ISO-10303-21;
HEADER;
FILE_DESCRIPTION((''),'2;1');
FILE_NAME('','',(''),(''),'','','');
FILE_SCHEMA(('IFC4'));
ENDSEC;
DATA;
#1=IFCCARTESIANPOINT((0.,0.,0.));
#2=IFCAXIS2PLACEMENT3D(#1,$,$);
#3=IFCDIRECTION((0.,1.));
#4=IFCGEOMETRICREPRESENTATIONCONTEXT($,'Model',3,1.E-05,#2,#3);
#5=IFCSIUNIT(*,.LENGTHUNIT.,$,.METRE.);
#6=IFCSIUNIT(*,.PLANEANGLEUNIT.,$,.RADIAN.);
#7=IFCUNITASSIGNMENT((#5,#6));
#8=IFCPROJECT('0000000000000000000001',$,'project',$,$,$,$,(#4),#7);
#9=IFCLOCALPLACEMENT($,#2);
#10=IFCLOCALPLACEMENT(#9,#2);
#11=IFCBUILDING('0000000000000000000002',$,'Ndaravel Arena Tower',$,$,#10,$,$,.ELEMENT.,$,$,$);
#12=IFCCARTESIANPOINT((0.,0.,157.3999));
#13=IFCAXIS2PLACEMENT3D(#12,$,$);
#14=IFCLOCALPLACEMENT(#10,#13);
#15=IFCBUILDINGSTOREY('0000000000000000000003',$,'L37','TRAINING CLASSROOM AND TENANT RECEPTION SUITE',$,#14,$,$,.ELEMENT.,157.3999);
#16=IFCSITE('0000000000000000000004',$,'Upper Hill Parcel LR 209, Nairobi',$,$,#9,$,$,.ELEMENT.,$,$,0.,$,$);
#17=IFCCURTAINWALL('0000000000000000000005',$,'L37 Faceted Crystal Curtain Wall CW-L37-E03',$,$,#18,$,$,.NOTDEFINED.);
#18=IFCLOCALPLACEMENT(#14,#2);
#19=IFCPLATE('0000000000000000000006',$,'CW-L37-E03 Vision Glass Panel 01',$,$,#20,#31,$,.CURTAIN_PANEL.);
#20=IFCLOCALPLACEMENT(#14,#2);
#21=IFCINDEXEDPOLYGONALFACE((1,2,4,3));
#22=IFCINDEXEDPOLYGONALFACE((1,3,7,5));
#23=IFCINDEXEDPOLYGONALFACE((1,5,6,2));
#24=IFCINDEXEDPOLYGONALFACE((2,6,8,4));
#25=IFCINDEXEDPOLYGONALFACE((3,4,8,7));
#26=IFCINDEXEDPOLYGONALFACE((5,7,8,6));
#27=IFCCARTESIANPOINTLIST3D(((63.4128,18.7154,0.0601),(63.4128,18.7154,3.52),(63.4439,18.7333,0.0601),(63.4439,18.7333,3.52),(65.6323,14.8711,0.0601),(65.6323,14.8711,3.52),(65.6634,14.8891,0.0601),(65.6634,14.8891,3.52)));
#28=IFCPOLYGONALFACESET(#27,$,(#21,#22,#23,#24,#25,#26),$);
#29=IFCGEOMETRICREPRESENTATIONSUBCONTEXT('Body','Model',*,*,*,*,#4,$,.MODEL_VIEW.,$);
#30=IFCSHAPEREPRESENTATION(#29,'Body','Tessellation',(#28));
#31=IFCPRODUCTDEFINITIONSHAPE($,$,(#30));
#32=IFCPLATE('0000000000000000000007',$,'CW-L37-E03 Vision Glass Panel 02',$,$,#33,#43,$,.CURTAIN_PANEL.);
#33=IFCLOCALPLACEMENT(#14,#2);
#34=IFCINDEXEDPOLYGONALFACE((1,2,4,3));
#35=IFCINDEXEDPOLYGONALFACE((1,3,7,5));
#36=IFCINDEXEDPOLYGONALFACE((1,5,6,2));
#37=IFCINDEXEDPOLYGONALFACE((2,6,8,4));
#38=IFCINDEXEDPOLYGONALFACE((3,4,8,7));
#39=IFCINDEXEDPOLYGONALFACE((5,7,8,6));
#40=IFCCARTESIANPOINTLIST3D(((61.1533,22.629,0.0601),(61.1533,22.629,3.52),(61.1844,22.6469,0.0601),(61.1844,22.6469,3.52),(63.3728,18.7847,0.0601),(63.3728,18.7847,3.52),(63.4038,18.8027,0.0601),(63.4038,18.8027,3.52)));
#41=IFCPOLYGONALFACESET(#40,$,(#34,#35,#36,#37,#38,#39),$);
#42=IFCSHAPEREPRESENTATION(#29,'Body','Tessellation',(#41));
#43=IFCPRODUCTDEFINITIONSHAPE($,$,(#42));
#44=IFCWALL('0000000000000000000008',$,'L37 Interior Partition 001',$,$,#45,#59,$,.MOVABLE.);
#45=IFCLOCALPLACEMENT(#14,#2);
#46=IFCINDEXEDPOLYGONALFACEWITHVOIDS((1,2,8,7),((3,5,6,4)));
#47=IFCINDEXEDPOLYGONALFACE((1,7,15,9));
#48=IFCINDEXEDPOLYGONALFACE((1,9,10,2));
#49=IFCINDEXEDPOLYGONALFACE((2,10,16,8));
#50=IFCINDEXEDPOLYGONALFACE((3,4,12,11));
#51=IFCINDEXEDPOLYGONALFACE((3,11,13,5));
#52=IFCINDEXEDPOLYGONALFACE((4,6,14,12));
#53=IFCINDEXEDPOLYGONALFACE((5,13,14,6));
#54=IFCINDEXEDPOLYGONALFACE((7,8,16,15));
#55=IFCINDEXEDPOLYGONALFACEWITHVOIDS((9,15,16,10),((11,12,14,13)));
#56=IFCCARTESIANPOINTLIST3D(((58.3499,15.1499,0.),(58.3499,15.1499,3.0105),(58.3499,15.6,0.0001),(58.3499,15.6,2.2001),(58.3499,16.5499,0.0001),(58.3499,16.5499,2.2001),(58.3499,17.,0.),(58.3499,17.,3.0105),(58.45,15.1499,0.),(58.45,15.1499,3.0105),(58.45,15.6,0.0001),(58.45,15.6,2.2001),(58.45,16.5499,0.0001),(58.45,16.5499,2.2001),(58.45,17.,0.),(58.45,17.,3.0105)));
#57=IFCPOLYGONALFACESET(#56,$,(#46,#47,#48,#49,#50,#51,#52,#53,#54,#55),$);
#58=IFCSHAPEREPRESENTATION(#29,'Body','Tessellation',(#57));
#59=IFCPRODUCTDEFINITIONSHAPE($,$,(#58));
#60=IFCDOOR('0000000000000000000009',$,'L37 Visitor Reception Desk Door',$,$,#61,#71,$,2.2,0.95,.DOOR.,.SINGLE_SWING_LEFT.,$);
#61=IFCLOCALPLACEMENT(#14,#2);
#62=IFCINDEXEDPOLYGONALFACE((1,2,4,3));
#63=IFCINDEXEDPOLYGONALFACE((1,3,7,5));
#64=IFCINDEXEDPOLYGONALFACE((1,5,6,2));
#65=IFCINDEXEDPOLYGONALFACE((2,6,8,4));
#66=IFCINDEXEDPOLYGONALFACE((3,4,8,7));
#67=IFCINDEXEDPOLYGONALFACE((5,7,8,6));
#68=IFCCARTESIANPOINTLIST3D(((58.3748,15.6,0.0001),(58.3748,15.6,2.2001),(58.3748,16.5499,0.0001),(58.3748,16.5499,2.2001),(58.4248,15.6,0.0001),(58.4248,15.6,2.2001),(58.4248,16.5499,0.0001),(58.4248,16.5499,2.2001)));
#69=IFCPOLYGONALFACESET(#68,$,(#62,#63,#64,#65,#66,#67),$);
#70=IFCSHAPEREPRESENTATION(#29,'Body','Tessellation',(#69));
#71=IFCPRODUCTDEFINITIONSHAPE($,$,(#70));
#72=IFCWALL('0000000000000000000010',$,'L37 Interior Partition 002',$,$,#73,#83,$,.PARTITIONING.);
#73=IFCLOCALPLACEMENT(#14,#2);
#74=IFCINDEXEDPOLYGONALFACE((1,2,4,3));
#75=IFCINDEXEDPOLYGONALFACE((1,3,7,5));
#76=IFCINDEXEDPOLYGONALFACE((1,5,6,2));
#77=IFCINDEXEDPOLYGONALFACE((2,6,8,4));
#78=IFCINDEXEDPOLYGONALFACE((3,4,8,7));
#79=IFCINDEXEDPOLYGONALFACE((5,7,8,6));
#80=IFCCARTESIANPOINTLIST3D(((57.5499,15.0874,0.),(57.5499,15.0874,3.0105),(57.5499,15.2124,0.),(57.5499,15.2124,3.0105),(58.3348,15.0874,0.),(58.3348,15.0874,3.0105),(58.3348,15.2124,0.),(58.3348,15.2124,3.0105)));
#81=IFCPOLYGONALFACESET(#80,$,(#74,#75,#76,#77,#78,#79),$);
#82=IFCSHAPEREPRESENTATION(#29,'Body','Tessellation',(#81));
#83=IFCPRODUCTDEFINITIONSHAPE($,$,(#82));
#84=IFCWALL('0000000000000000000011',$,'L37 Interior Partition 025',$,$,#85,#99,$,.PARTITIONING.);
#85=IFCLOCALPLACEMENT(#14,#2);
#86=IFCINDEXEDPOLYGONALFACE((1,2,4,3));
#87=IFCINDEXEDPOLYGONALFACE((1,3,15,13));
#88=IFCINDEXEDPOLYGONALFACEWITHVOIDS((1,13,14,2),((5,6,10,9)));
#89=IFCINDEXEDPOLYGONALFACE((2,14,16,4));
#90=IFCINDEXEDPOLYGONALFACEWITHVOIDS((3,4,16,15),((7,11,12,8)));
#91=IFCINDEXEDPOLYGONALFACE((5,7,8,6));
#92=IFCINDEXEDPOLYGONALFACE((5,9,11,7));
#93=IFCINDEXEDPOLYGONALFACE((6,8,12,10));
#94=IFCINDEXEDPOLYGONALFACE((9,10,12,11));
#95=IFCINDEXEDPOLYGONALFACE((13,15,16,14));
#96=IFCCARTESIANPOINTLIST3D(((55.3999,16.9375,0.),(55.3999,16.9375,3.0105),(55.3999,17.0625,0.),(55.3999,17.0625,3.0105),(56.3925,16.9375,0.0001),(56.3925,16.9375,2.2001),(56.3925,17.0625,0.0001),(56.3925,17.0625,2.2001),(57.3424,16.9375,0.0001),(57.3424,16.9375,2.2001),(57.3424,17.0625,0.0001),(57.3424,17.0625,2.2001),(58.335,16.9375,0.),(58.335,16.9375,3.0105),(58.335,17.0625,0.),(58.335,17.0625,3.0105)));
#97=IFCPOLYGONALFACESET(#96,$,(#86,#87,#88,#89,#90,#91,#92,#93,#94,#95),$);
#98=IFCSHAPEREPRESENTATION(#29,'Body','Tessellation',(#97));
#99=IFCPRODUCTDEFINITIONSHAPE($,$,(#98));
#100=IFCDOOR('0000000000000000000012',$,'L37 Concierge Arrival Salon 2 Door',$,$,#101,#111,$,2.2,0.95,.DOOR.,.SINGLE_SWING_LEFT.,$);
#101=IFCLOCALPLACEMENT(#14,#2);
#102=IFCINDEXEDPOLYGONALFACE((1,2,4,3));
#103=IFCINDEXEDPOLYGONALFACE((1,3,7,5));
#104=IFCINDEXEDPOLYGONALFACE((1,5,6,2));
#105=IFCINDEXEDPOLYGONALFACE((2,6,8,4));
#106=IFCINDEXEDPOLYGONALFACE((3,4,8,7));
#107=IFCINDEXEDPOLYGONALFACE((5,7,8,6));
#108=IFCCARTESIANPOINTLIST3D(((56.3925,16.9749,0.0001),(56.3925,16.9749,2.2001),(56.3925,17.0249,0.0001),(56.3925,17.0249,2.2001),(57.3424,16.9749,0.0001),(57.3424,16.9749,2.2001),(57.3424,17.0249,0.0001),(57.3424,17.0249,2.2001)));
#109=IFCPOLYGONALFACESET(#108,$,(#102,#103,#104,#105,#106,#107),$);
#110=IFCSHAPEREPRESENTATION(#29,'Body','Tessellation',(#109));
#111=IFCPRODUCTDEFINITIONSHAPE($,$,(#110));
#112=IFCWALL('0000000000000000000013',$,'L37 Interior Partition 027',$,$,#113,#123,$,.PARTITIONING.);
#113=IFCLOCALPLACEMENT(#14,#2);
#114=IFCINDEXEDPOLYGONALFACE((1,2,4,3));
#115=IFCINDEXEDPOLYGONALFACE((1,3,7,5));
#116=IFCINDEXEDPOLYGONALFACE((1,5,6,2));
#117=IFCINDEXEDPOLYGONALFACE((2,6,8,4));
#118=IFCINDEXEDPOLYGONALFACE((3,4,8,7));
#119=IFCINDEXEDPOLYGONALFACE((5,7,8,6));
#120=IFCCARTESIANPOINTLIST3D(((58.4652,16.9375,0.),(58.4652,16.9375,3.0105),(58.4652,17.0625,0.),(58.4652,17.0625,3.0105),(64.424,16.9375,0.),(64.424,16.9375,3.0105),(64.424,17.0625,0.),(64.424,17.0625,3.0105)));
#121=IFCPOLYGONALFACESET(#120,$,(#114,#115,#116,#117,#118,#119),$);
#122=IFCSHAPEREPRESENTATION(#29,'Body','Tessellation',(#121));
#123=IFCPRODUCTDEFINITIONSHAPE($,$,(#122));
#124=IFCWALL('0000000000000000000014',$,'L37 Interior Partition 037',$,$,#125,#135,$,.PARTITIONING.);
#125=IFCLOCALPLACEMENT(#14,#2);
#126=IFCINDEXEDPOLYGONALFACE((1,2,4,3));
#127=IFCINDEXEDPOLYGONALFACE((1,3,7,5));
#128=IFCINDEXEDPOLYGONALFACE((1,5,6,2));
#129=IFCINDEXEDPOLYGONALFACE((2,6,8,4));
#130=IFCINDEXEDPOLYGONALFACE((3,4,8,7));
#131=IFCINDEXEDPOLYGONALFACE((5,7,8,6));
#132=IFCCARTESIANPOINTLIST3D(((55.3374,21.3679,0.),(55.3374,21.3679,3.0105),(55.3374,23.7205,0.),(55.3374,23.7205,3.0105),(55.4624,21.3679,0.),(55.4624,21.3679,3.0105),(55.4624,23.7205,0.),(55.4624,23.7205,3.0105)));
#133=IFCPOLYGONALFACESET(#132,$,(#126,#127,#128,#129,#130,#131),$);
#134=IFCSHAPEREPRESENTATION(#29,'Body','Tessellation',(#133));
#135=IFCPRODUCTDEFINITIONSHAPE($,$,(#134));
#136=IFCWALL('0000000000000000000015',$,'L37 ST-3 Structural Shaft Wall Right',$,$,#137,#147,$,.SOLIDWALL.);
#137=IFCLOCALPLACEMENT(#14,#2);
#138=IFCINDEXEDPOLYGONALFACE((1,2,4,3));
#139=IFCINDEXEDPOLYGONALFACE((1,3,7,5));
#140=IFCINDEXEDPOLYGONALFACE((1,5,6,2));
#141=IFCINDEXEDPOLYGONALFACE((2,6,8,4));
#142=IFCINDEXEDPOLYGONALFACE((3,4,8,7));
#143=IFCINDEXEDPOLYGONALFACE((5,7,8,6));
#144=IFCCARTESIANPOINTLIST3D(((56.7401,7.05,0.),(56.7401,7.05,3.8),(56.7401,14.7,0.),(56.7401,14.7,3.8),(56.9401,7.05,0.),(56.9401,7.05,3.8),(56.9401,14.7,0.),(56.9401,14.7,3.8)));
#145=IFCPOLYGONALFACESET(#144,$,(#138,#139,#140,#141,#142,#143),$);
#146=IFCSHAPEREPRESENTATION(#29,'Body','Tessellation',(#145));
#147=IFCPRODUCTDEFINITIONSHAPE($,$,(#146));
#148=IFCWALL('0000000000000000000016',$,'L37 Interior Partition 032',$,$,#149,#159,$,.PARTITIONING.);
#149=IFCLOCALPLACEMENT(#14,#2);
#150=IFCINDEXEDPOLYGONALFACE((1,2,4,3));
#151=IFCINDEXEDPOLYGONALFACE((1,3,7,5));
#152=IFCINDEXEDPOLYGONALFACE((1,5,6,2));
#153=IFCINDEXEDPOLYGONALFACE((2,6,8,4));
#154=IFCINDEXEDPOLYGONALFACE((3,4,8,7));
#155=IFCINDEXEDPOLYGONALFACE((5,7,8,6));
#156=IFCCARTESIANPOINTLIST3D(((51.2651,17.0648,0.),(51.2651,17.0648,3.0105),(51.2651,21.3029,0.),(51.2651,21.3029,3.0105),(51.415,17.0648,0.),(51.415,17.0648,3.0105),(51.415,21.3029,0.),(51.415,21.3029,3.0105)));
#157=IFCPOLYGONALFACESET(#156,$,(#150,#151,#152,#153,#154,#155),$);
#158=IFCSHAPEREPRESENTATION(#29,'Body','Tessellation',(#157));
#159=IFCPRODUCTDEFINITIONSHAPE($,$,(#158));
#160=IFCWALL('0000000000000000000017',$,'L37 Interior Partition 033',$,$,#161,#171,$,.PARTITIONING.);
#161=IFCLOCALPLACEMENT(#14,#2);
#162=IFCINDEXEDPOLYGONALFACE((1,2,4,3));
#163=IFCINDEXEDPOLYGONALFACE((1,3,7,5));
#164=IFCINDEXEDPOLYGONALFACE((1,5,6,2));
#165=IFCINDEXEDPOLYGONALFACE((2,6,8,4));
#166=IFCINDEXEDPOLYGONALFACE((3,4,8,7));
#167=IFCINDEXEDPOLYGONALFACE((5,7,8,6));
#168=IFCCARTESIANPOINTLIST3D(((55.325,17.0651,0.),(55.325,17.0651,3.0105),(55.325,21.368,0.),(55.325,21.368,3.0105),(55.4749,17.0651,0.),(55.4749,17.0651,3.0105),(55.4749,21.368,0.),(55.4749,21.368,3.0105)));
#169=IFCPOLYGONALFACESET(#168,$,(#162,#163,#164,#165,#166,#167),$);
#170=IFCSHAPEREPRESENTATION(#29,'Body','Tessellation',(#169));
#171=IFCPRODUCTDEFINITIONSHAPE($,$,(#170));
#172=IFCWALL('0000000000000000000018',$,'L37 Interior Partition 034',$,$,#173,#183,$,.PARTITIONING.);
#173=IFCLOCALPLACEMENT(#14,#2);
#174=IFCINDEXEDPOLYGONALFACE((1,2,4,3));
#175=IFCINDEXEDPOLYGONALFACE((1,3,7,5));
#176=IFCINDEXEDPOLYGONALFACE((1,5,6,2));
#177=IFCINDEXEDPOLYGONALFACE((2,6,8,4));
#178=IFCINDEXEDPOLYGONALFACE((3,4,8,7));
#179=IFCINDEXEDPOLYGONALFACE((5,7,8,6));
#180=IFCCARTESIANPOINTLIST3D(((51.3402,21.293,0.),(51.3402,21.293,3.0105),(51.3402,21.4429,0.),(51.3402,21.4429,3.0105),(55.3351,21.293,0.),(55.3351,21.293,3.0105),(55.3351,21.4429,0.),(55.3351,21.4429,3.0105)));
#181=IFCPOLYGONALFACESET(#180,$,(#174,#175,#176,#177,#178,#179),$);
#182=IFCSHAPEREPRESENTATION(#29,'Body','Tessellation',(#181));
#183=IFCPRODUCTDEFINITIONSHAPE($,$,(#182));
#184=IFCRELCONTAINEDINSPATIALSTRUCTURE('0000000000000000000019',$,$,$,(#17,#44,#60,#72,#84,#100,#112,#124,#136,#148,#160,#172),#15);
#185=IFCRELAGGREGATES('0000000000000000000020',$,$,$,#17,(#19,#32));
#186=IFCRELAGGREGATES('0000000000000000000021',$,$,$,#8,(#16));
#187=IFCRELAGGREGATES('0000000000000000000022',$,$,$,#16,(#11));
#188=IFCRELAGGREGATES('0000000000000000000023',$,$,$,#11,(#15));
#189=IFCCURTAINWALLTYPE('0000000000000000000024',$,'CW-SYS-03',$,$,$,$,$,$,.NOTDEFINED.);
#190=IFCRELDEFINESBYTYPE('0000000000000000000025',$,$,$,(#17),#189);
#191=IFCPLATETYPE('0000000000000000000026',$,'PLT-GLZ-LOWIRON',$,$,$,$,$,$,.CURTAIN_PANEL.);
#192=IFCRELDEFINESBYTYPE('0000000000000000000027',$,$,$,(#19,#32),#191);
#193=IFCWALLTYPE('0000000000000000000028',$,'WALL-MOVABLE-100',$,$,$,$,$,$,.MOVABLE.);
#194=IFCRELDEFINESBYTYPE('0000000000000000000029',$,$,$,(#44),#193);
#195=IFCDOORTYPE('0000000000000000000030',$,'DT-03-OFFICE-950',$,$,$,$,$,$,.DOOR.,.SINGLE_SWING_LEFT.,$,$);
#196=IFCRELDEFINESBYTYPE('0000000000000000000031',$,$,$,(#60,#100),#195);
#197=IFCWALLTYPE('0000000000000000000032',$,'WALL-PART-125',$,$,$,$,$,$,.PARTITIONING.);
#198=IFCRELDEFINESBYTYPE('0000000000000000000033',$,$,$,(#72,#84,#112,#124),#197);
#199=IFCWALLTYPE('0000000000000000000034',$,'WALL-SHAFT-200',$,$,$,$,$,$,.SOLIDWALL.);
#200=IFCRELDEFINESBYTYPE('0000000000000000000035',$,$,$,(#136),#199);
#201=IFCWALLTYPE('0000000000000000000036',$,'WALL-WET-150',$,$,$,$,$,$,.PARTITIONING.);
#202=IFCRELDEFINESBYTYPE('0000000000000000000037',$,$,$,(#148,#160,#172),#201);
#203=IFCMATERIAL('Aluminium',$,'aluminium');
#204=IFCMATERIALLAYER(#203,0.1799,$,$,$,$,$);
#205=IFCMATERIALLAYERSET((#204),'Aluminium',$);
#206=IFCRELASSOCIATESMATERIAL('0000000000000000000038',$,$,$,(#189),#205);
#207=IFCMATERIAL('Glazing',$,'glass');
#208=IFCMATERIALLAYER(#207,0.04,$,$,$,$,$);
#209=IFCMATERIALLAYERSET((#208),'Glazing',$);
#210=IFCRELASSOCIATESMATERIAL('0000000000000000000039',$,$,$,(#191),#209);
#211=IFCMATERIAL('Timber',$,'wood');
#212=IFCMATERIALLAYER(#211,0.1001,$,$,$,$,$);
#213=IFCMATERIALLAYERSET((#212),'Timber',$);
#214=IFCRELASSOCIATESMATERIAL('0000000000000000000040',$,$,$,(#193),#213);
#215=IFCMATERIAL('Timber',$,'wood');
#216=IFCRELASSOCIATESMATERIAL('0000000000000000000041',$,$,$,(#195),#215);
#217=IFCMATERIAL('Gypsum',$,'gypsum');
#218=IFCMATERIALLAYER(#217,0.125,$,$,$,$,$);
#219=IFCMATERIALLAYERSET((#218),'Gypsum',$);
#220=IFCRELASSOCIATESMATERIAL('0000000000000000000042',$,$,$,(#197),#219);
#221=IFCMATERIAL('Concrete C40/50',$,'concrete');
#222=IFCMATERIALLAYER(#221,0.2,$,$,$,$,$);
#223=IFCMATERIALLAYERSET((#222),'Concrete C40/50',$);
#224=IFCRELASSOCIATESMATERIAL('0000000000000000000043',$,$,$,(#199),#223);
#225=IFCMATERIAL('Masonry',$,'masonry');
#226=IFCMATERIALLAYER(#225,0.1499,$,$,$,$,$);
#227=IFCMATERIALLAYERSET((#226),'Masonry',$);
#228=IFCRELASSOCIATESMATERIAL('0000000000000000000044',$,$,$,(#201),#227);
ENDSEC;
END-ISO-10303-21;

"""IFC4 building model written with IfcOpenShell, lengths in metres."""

from ifc_helpers import new_model, si_unit, direction, frame, frame_2d, origin, origin_2d, place, context, subcontext, project, spatial, rectangle, extrude, material, layer, layer_set, type_object, element, fill, aggregate, save


model = new_model("IFC4")

# Units and contexts
model_context = context("Model", 3, precision=1e-05, world=origin(), true_north=direction((0.0, 1.0)))
body_context = subcontext(model_context, "Body", "Model", "MODEL_VIEW")
ifc_project = project(units=[si_unit("LENGTHUNIT", "METRE"), si_unit("PLANEANGLEUNIT", "RADIAN")], contexts=[model_context])

# Site, building, storey
site_placement = place(None, origin())
site = spatial("IfcSite", under=ifc_project, at=site_placement, Name="Upper Hill Parcel LR 209, Nairobi", CompositionType="ELEMENT", RefElevation=0.0)
building_placement = place(site_placement, origin())
building = spatial("IfcBuilding", under=site, at=building_placement, Name="Ndaravel Arena Tower", CompositionType="ELEMENT")
storey_placement = place(building_placement, frame((0.0, 0.0, 157.3999)))
storey = spatial("IfcBuildingStorey", under=building, at=storey_placement, Name="L37", Description="TRAINING CLASSROOM AND TENANT RECEPTION SUITE", CompositionType="ELEMENT", Elevation=157.3999)

# Curtain wall, plates
ifc_material_1 = material(Name="Aluminium", Category="aluminium")
ifc_layer_1 = layer(ifc_material_1, 0.1799)
ifc_layer_set_1 = layer_set([ifc_layer_1], Name="Aluminium")
curtain_wall_type = type_object("IfcCurtainWallType", Name="CW-SYS-03", PredefinedType="NOTDEFINED", material=ifc_layer_set_1)
curtain_wall_placement = place(storey_placement, origin())
curtain_wall = element("IfcCurtainWall", 1, at=curtain_wall_placement, inside=storey, type_object=curtain_wall_type, Name="L37 Faceted Crystal Curtain Wall CW-L37-E03", PredefinedType="NOTDEFINED")
ifc_material_2 = material(Name="Glazing", Category="glass")
ifc_layer_2 = layer(ifc_material_2, 0.04)
ifc_layer_set_2 = layer_set([ifc_layer_2], Name="Glazing")
plate_type = type_object("IfcPlateType", Name="PLT-GLZ-LOWIRON", PredefinedType="CURTAIN_PANEL", material=ifc_layer_set_2)
plate_1_placement = place(storey_placement, frame((64.5381, 16.8022, 0.0601), z_axis=(0.0, 0.0, 1.0), x_axis=(-0.5, 0.866025, 0.0)))
plate_1 = element("IfcPlate", 2, at=plate_1_placement, type_object=plate_type, Name="CW-L37-E03 Vision Glass Panel 01", PredefinedType="CURTAIN_PANEL", context=body_context, shape_type="SweptSolid", body=[
    extrude(rectangle(XDim=4.439, YDim=0.0359, at=origin_2d()), origin(), (0.0, 0.0, 1.0), 3.46),
])
plate_2_placement = place(storey_placement, frame((62.2786, 20.7158, 0.0601), z_axis=(0.0, 0.0, 1.0), x_axis=(-0.5, 0.866025, 0.0)))
plate_2 = element("IfcPlate", 3, at=plate_2_placement, type_object=plate_type, Name="CW-L37-E03 Vision Glass Panel 02", PredefinedType="CURTAIN_PANEL", context=body_context, shape_type="SweptSolid", body=[
    extrude(rectangle(XDim=4.439, YDim=0.0359, at=origin_2d()), origin(), (0.0, 0.0, 1.0), 3.46),
])
aggregate(curtain_wall, [plate_1, plate_2])

# Wall, opening, door
ifc_material_3 = material(Name="Timber", Category="wood")
ifc_layer_3 = layer(ifc_material_3, 0.1001)
ifc_layer_set_3 = layer_set([ifc_layer_3], Name="Timber")
wall_type_1 = type_object("IfcWallType", Name="WALL-MOVABLE-100", PredefinedType="MOVABLE", material=ifc_layer_set_3)
wall_1_placement = place(storey_placement, frame((58.3999, 17.0, 0.0), z_axis=(0.0, 0.0, 1.0), x_axis=(0.0, -1.0, 0.0)))
wall_1 = element("IfcWall", 4, at=wall_1_placement, inside=storey, type_object=wall_type_1, Name="L37 Interior Partition 001", PredefinedType="MOVABLE", context=body_context, shape_type="SweptSolid", body=[
    extrude(rectangle(XDim=1.8501, YDim=0.1001, at=frame_2d((0.925, 0.0))), origin(), (0.0, 0.0, 1.0), 3.0105),
])
opening_1_placement = place(wall_1_placement, frame((0.45, 0.0, 0.0)))
opening_1 = element("IfcOpeningElement", 5, at=opening_1_placement, cuts=wall_1, PredefinedType="OPENING", context=body_context, shape_type="SweptSolid", body=[
    extrude(rectangle(XDim=0.95, YDim=2.2, at=frame_2d((0.4751, 1.1001))), frame((0.0, 0.05, 0.0), z_axis=(0.0, -1.0, 0.0), x_axis=(1.0, 0.0, 0.0)), (0.0, 0.0, 1.0), 0.1001),
])
ifc_material_4 = material(Name="Timber", Category="wood")
door_type = type_object("IfcDoorType", Name="DT-03-OFFICE-950", OperationType="SINGLE_SWING_LEFT", PredefinedType="DOOR", material=ifc_material_4)
door_1_placement = place(opening_1_placement, origin())
door_1 = element("IfcDoor", 6, at=door_1_placement, inside=storey, type_object=door_type, Name="L37 Visitor Reception Desk Door", OperationType="SINGLE_SWING_LEFT", OverallHeight=2.2, OverallWidth=0.95, PredefinedType="DOOR", context=body_context, shape_type="SweptSolid", body=[
    extrude(rectangle(XDim=0.95, YDim=2.2, at=frame_2d((0.4751, 1.1001))), frame((0.0, 0.0249, 0.0), z_axis=(0.0, -1.0, 0.0), x_axis=(1.0, 0.0, 0.0)), (0.0, 0.0, 1.0), 0.05),
])
fill(opening_1, door_1)

# Wall
ifc_material_5 = material(Name="Gypsum", Category="gypsum")
ifc_layer_4 = layer(ifc_material_5, 0.125)
ifc_layer_set_4 = layer_set([ifc_layer_4], Name="Gypsum")
wall_type_2 = type_object("IfcWallType", Name="WALL-PART-125", PredefinedType="PARTITIONING", material=ifc_layer_set_4)
wall_2_placement = place(storey_placement, frame((58.335, 15.1499, 0.0), z_axis=(0.0, 0.0, 1.0), x_axis=(-1.0, 0.0, 0.0)))
element("IfcWall", 7, at=wall_2_placement, inside=storey, type_object=wall_type_2, Name="L37 Interior Partition 002", PredefinedType="PARTITIONING", context=body_context, shape_type="SweptSolid", body=[
    extrude(rectangle(XDim=0.7849, YDim=0.125, at=frame_2d((0.3926, 0.0))), origin(), (0.0, 0.0, 1.0), 3.0105),
])

# Wall, opening, door
wall_3_placement = place(storey_placement, frame((55.3999, 17.0, 0.0), z_axis=(0.0, 0.0, 1.0), x_axis=(1.0, 0.0, 0.0)))
wall_3 = element("IfcWall", 8, at=wall_3_placement, inside=storey, type_object=wall_type_2, Name="L37 Interior Partition 025", PredefinedType="PARTITIONING", context=body_context, shape_type="SweptSolid", body=[
    extrude(rectangle(XDim=2.9351, YDim=0.125, at=frame_2d((1.4675, 0.0))), origin(), (0.0, 0.0, 1.0), 3.0105),
])
opening_2_placement = place(wall_3_placement, frame((0.9924, 0.0, 0.0)))
opening_2 = element("IfcOpeningElement", 9, at=opening_2_placement, cuts=wall_3, PredefinedType="OPENING", context=body_context, shape_type="SweptSolid", body=[
    extrude(rectangle(XDim=0.95, YDim=2.2, at=frame_2d((0.4751, 1.1001))), frame((0.0, 0.0625, 0.0), z_axis=(0.0, -1.0, 0.0), x_axis=(1.0, 0.0, 0.0)), (0.0, 0.0, 1.0), 0.125),
])
door_2_placement = place(opening_2_placement, origin())
door_2 = element("IfcDoor", 10, at=door_2_placement, inside=storey, type_object=door_type, Name="L37 Concierge Arrival Salon 2 Door", OperationType="SINGLE_SWING_LEFT", OverallHeight=2.2, OverallWidth=0.95, PredefinedType="DOOR", context=body_context, shape_type="SweptSolid", body=[
    extrude(rectangle(XDim=0.95, YDim=2.2, at=frame_2d((0.4751, 1.1001))), frame((0.0, 0.0249, 0.0), z_axis=(0.0, -1.0, 0.0), x_axis=(1.0, 0.0, 0.0)), (0.0, 0.0, 1.0), 0.05),
])
fill(opening_2, door_2)

# Walls
wall_4_placement = place(storey_placement, frame((58.4651, 17.0, 0.0), z_axis=(0.0, 0.0, 1.0), x_axis=(1.0, 0.0, 0.0)))
element("IfcWall", 11, at=wall_4_placement, inside=storey, type_object=wall_type_2, Name="L37 Interior Partition 027", PredefinedType="PARTITIONING", context=body_context, shape_type="SweptSolid", body=[
    extrude(rectangle(XDim=5.9587, YDim=0.125, at=frame_2d((2.9795, 0.0))), origin(), (0.0, 0.0, 1.0), 3.0105),
])
wall_5_placement = place(storey_placement, frame((55.3999, 21.3679, 0.0), z_axis=(0.0, 0.0, 1.0), x_axis=(0.0, 1.0, 0.0)))
element("IfcWall", 12, at=wall_5_placement, inside=storey, type_object=wall_type_2, Name="L37 Interior Partition 037", PredefinedType="PARTITIONING", context=body_context, shape_type="SweptSolid", body=[
    extrude(rectangle(XDim=2.3525, YDim=0.125, at=frame_2d((1.1763, 0.0))), origin(), (0.0, 0.0, 1.0), 3.0105),
])
ifc_material_6 = material(Name="Concrete C40/50", Category="concrete")
ifc_layer_5 = layer(ifc_material_6, 0.2)
ifc_layer_set_5 = layer_set([ifc_layer_5], Name="Concrete C40/50")
wall_type_3 = type_object("IfcWallType", Name="WALL-SHAFT-200", PredefinedType="SOLIDWALL", material=ifc_layer_set_5)
wall_6_placement = place(storey_placement, frame((56.8401, 14.7, 0.0), z_axis=(0.0, 0.0, 1.0), x_axis=(0.0, -1.0, 0.0)))
element("IfcWall", 13, at=wall_6_placement, inside=storey, type_object=wall_type_3, Name="L37 ST-3 Structural Shaft Wall Right", PredefinedType="SOLIDWALL", context=body_context, shape_type="SweptSolid", body=[
    extrude(rectangle(XDim=7.6499, YDim=0.2, at=frame_2d((3.825, 0.0))), origin(), (0.0, 0.0, 1.0), 3.8),
])
ifc_material_7 = material(Name="Masonry", Category="masonry")
ifc_layer_6 = layer(ifc_material_7, 0.1499)
ifc_layer_set_6 = layer_set([ifc_layer_6], Name="Masonry")
wall_type_4 = type_object("IfcWallType", Name="WALL-WET-150", PredefinedType="PARTITIONING", material=ifc_layer_set_6)
wall_7_placement = place(storey_placement, frame((51.3401, 21.303, 0.0), z_axis=(0.0, 0.0, 1.0), x_axis=(0.0, -1.0, 0.0)))
element("IfcWall", 14, at=wall_7_placement, inside=storey, type_object=wall_type_4, Name="L37 Interior Partition 032", PredefinedType="PARTITIONING", context=body_context, shape_type="SweptSolid", body=[
    extrude(rectangle(XDim=4.238, YDim=0.1499, at=frame_2d((2.1191, 0.0))), origin(), (0.0, 0.0, 1.0), 3.0105),
])
wall_8_placement = place(storey_placement, frame((55.3999, 21.3679, 0.0), z_axis=(0.0, 0.0, 1.0), x_axis=(0.0, -1.0, 0.0)))
element("IfcWall", 15, at=wall_8_placement, inside=storey, type_object=wall_type_4, Name="L37 Interior Partition 033", PredefinedType="PARTITIONING", context=body_context, shape_type="SweptSolid", body=[
    extrude(rectangle(XDim=4.303, YDim=0.1499, at=frame_2d((2.1514, 0.0))), origin(), (0.0, 0.0, 1.0), 3.0105),
])
wall_9_placement = place(storey_placement, frame((51.3401, 21.3679, 0.0), z_axis=(0.0, 0.0, 1.0), x_axis=(1.0, 0.0, 0.0)))
element("IfcWall", 16, at=wall_9_placement, inside=storey, type_object=wall_type_4, Name="L37 Interior Partition 034", PredefinedType="PARTITIONING", context=body_context, shape_type="SweptSolid", body=[
    extrude(rectangle(XDim=3.9949, YDim=0.1499, at=frame_2d((1.9976, 0.0))), origin(), (0.0, 0.0, 1.0), 3.0105),
])

save(model, "model.ifc")
